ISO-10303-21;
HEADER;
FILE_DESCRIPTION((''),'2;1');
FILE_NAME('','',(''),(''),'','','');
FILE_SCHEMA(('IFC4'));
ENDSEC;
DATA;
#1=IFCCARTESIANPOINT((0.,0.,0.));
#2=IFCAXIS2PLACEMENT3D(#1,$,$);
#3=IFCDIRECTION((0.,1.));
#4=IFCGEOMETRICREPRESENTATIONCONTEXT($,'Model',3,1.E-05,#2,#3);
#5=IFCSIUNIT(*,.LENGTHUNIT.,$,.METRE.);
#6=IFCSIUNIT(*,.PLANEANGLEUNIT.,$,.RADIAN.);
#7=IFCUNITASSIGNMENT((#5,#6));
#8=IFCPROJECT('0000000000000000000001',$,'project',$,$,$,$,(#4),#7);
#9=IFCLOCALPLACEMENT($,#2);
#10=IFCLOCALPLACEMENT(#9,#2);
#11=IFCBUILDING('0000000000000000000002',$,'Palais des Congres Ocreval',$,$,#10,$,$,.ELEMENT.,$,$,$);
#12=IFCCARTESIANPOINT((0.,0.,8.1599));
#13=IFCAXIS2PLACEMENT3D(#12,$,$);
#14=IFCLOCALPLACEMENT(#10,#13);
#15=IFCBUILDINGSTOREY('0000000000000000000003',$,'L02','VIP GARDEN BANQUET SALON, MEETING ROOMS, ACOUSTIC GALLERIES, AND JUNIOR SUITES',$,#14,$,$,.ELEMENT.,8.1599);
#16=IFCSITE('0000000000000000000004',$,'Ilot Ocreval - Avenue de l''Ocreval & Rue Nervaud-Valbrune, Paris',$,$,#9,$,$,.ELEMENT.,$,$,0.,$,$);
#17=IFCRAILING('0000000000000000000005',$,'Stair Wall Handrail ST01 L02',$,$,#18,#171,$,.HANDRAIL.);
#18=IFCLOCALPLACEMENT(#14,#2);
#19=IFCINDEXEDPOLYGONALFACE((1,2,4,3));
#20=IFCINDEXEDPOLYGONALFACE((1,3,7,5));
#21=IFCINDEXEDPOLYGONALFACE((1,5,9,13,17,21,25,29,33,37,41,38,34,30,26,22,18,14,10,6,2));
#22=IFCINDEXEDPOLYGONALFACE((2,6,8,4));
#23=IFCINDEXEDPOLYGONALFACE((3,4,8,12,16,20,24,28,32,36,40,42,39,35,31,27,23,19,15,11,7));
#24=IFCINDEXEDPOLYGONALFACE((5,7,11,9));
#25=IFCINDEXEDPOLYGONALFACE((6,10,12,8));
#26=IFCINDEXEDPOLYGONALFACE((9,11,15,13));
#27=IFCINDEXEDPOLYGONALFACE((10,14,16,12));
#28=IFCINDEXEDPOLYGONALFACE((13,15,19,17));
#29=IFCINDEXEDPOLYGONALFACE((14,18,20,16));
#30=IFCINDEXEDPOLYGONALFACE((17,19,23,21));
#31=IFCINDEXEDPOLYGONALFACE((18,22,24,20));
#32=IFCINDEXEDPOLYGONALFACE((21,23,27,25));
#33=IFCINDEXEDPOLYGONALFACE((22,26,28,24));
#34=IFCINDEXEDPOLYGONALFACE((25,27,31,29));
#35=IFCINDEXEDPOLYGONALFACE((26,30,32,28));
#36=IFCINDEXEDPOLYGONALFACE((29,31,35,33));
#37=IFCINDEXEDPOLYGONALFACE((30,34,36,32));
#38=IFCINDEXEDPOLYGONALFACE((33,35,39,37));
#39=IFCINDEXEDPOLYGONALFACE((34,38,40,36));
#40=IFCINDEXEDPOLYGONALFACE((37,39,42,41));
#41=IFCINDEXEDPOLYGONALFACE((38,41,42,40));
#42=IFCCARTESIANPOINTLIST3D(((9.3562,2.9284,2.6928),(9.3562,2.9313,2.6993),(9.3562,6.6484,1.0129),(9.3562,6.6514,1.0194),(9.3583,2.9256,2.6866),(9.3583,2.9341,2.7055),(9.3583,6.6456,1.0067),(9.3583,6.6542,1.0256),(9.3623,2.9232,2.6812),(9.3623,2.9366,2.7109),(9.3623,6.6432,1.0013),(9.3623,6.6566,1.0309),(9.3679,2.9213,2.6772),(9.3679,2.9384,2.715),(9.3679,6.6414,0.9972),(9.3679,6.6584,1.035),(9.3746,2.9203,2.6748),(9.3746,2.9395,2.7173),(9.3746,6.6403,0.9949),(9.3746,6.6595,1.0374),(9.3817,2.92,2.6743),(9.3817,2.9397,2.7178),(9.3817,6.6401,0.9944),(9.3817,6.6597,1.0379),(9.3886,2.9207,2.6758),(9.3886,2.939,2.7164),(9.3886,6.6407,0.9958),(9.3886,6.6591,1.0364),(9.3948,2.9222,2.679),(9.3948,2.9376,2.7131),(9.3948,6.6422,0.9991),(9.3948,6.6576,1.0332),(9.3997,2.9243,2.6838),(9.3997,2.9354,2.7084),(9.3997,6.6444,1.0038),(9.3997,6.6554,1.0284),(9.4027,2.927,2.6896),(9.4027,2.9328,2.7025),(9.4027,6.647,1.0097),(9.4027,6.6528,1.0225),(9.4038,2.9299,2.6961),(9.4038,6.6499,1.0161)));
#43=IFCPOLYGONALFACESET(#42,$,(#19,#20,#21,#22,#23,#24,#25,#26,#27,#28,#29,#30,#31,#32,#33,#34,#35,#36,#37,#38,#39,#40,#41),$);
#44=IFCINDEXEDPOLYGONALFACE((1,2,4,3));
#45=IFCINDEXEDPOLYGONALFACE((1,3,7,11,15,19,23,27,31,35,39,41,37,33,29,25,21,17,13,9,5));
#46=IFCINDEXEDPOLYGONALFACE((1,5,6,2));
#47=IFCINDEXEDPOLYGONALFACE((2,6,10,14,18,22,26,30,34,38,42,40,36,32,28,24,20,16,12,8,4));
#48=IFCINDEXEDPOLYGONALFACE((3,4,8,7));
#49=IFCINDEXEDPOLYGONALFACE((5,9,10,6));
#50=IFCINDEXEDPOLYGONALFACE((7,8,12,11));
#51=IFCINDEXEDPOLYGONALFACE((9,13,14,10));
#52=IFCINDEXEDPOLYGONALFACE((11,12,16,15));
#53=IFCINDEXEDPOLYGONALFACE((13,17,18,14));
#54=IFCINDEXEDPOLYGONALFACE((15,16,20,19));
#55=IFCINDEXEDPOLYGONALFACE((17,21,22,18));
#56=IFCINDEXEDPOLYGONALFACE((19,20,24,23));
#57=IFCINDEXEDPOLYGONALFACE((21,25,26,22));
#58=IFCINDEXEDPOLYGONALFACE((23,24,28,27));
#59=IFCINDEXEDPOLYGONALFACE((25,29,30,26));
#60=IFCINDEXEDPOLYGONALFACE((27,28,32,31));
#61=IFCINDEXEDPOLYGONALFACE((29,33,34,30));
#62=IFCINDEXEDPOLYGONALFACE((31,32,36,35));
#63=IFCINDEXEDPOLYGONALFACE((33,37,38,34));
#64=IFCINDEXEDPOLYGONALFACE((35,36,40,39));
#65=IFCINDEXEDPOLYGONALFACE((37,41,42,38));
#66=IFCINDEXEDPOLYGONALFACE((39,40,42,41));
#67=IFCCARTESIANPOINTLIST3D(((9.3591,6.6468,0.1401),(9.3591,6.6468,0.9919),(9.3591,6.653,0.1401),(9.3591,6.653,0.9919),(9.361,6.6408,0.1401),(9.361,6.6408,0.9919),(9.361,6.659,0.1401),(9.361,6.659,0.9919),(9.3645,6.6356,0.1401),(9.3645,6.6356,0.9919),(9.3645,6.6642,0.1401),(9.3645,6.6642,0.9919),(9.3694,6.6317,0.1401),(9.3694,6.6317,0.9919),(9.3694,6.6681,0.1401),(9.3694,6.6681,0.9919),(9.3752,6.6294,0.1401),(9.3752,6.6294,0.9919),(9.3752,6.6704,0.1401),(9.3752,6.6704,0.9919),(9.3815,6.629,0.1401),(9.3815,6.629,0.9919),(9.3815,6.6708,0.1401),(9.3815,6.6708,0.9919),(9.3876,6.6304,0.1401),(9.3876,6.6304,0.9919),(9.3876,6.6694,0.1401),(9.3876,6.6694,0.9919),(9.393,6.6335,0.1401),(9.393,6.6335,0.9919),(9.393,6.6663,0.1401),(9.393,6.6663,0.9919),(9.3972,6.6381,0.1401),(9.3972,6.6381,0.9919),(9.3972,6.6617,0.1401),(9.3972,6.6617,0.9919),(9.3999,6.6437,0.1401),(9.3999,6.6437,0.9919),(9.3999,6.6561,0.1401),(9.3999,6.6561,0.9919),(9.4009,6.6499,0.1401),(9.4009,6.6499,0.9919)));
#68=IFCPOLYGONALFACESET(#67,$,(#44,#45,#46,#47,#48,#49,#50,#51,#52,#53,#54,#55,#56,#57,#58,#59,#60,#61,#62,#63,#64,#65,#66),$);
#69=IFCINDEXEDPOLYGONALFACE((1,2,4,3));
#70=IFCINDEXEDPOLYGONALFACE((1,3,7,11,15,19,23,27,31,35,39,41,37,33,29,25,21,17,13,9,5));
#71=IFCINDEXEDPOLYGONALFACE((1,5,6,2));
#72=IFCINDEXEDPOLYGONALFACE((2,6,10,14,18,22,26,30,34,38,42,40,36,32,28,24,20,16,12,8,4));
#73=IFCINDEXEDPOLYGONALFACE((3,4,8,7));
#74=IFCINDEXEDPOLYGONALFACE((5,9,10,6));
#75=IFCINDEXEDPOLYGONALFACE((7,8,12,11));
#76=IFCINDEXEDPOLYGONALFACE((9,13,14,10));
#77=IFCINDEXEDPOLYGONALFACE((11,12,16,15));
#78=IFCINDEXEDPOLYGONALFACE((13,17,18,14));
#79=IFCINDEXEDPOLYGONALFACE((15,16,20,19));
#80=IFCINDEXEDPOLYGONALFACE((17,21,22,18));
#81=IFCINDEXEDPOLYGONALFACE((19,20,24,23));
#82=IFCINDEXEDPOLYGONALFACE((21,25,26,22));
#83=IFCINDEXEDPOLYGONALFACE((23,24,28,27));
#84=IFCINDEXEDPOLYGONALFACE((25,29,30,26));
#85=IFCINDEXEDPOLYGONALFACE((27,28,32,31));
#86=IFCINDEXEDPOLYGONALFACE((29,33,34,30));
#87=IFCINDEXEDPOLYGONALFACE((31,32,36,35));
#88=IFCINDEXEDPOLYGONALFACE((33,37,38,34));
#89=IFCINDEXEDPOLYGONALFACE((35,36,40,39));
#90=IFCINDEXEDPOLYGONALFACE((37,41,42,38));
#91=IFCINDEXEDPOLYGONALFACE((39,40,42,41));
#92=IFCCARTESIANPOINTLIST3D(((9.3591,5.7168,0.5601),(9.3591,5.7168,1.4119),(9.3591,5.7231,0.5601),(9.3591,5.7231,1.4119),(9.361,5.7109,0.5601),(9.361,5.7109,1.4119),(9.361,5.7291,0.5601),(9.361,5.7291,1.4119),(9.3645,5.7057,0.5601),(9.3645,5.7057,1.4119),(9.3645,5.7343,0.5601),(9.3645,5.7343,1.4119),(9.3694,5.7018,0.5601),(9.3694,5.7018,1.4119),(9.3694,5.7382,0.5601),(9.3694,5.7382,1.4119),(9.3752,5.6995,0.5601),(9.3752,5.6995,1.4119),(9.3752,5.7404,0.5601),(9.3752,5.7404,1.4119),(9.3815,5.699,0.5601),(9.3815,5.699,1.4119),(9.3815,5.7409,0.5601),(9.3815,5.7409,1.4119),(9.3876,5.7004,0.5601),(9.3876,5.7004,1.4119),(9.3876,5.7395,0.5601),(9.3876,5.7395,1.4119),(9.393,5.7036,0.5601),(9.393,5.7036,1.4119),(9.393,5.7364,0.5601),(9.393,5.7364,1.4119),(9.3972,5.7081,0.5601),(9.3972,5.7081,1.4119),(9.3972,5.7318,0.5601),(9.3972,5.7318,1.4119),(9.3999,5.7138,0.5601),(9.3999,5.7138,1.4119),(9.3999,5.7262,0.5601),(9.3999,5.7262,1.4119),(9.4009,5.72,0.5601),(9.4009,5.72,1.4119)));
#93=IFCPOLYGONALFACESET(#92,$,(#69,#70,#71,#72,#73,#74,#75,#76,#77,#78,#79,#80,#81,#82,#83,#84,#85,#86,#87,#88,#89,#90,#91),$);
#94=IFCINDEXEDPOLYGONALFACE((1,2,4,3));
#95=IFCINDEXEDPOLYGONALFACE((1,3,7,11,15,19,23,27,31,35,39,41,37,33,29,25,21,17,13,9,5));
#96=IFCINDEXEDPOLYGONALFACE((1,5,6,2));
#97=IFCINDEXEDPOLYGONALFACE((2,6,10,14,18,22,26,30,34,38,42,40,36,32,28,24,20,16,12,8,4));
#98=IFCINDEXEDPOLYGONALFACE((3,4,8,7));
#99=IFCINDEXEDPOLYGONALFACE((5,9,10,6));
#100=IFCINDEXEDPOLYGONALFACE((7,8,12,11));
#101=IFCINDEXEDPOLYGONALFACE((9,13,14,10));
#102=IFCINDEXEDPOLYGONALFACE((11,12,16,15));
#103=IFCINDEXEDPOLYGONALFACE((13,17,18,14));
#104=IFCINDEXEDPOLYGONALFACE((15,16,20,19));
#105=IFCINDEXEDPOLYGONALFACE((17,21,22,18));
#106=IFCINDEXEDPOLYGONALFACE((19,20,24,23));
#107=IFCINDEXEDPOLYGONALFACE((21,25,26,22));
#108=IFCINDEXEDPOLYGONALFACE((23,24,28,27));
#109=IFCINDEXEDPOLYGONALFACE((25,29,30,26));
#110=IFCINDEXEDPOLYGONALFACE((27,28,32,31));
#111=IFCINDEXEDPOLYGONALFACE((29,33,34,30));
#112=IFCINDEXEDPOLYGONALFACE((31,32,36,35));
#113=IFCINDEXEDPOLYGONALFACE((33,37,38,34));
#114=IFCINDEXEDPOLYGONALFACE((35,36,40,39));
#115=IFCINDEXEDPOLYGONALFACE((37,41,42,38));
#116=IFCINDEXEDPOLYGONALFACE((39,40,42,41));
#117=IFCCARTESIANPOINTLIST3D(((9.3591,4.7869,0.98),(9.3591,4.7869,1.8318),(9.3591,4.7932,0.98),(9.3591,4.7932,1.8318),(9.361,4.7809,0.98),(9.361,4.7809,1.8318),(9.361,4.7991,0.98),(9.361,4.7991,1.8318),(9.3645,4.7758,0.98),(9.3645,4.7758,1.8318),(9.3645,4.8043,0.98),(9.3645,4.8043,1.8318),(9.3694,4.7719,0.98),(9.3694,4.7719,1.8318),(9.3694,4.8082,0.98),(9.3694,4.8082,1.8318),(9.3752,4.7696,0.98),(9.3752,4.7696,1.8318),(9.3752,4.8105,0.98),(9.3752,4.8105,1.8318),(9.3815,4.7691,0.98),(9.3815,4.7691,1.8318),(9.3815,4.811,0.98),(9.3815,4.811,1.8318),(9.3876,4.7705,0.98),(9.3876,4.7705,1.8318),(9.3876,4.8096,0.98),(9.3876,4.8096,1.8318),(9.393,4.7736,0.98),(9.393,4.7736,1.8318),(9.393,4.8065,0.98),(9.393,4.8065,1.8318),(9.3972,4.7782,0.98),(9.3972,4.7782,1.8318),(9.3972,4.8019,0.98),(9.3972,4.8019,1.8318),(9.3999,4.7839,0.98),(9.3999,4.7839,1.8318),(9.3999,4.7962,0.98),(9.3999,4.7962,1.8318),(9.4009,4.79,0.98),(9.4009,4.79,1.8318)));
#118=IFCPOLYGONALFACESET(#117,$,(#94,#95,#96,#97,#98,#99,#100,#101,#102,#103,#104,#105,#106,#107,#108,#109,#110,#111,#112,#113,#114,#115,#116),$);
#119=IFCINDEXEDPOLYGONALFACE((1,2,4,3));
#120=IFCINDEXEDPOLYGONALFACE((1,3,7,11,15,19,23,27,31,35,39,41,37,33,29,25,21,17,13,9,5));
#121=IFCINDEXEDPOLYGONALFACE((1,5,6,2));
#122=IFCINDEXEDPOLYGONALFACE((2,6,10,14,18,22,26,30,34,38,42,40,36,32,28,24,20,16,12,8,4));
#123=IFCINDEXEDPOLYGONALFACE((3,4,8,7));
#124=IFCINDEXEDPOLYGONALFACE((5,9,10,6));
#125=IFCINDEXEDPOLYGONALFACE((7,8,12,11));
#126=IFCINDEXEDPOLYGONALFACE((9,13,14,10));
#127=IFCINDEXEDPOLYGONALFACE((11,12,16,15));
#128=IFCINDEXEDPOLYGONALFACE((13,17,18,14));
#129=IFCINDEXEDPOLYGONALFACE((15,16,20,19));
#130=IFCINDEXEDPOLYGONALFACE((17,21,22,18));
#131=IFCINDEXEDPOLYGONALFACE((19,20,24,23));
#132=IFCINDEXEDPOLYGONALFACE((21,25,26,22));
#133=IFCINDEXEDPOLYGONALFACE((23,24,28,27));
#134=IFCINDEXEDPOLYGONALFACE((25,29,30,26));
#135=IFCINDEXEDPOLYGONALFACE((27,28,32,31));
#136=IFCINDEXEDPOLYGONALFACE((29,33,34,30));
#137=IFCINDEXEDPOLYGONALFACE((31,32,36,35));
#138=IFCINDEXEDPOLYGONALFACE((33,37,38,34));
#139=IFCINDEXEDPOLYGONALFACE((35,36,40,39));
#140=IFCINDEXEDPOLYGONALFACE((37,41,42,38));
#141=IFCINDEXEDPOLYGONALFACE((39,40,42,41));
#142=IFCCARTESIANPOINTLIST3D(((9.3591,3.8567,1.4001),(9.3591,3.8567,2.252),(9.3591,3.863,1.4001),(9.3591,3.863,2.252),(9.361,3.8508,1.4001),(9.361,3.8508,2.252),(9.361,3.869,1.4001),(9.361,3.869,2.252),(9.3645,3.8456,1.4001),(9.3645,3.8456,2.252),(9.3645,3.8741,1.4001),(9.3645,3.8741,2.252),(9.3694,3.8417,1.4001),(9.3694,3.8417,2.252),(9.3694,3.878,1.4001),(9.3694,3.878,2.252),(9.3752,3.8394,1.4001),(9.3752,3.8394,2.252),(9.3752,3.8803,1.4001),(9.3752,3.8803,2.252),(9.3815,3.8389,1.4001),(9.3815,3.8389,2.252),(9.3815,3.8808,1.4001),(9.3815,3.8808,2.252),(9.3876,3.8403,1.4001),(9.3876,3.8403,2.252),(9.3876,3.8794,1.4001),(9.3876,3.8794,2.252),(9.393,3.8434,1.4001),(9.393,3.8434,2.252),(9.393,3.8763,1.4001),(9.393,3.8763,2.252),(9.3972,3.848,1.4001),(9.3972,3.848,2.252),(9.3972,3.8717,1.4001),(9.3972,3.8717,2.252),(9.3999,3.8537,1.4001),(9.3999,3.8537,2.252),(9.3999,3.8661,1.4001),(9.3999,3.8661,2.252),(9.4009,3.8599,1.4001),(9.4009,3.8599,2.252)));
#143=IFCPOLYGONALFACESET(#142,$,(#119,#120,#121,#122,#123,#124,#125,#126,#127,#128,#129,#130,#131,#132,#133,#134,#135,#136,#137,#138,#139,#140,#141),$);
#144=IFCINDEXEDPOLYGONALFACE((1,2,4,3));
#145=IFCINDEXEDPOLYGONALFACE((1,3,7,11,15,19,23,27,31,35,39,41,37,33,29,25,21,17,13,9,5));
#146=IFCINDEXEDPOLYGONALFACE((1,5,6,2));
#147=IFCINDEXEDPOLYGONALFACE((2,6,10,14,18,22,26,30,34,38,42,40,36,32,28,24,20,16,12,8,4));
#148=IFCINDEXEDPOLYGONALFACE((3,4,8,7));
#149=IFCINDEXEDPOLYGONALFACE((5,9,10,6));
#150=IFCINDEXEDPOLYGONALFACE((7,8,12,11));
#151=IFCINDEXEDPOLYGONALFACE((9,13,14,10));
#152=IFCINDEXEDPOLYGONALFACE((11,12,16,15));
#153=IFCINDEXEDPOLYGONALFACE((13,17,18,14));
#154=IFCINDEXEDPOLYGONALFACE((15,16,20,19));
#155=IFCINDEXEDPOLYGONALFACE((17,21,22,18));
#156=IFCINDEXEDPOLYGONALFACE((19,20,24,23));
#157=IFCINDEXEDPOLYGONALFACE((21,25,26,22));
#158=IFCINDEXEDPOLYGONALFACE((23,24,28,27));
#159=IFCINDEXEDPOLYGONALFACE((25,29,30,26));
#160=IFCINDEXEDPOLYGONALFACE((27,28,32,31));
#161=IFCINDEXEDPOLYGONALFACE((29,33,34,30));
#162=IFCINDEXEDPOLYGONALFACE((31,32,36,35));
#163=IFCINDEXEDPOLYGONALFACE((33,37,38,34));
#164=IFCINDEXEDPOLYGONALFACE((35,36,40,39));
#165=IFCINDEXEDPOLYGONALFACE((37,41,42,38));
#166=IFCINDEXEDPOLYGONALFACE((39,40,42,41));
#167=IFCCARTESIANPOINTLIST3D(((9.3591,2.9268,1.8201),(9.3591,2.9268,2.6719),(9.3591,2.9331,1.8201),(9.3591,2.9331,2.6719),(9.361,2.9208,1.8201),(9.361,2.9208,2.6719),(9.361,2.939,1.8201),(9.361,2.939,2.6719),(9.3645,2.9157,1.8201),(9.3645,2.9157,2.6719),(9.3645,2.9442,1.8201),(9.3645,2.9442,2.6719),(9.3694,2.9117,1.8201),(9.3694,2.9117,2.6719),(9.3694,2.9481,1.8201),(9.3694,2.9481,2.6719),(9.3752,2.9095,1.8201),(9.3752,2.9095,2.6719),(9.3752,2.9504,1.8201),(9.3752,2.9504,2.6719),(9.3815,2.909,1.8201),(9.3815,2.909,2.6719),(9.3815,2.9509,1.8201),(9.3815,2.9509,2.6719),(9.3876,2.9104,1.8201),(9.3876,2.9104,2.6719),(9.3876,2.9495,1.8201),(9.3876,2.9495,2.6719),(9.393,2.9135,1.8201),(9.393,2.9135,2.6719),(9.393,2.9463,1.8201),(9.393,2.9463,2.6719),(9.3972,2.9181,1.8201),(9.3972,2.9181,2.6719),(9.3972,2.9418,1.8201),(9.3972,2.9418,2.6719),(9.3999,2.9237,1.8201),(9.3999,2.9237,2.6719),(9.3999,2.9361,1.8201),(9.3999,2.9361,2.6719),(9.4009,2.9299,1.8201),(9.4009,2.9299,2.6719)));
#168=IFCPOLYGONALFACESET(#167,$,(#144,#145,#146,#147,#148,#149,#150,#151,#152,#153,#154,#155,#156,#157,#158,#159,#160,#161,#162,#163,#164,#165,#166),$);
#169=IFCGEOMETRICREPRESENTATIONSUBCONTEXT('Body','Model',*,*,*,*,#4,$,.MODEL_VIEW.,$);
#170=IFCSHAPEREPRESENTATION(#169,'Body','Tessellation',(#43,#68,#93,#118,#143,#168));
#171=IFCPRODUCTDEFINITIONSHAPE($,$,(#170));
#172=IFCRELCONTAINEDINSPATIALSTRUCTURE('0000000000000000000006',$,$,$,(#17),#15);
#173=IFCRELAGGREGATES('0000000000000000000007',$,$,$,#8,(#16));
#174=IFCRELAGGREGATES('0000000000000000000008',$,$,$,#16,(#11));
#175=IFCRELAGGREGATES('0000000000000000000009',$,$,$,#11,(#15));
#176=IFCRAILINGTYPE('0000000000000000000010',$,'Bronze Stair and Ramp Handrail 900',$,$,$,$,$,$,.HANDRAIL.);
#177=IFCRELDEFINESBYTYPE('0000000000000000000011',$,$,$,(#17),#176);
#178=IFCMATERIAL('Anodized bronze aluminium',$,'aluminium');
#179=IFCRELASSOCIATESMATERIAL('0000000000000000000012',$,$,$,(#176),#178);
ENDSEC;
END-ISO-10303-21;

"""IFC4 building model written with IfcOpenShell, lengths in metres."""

from ifc_helpers import new_model, si_unit, direction, frame, origin, origin_2d, place, context, subcontext, project, spatial, circle, extrude, material, type_object, element, save


model = new_model("IFC4")

# Units and contexts
model_context = context("Model", 3, precision=1e-05, world=origin(), true_north=direction((0.0, 1.0)))
body_context = subcontext(model_context, "Body", "Model", "MODEL_VIEW")
ifc_project = project(units=[si_unit("LENGTHUNIT", "METRE"), si_unit("PLANEANGLEUNIT", "RADIAN")], contexts=[model_context])

# Site, building, storey
site_placement = place(None, origin())
site = spatial("IfcSite", under=ifc_project, at=site_placement, Name="Ilot Ocreval - Avenue de l'Ocreval & Rue Nervaud-Valbrune, Paris", CompositionType="ELEMENT", RefElevation=0.0)
building_placement = place(site_placement, origin())
building = spatial("IfcBuilding", under=site, at=building_placement, Name="Palais des Congres Ocreval", CompositionType="ELEMENT")
storey_placement = place(building_placement, frame((0.0, 0.0, 8.1599)))
storey = spatial("IfcBuildingStorey", under=building, at=storey_placement, Name="L02", Description="VIP GARDEN BANQUET SALON, MEETING ROOMS, ACOUSTIC GALLERIES, AND JUNIOR SUITES", CompositionType="ELEMENT", Elevation=8.1599)

# Railing
ifc_material_1 = material(Name="Anodized bronze aluminium", Category="aluminium")
railing_type_1 = type_object("IfcRailingType", Name="Bronze Stair and Ramp Handrail 900", PredefinedType="HANDRAIL", material=ifc_material_1)
railing_1_placement = place(storey_placement, frame((9.3799, 6.6499, 0.1401)))
element("IfcRailing", 1, at=railing_1_placement, inside=storey, type_object=railing_type_1, Name="Stair Wall Handrail ST01 L02", PredefinedType="HANDRAIL", context=body_context, shape_type="SweptSolid", body=[
    extrude(circle(Radius=0.0239, at=origin_2d()), frame((0.0, 0.0, 0.876), z_axis=(0.0, -0.911376, 0.411576), x_axis=(1.0, 0.0, 0.0)), (0.0, 0.0, 1.0), 4.0818),
    extrude(circle(Radius=0.021, at=origin_2d()), origin(), (0.0, 0.0, 1.0), 0.8518),
    extrude(circle(Radius=0.021, at=origin_2d()), frame((0.0, -0.9299, 0.4199)), (0.0, 0.0, 1.0), 0.8518),
    extrude(circle(Radius=0.021, at=origin_2d()), frame((0.0, -1.8599, 0.8398)), (0.0, 0.0, 1.0), 0.8518),
    extrude(circle(Radius=0.021, at=origin_2d()), frame((0.0, -2.79, 1.26)), (0.0, 0.0, 1.0), 0.8518),
    extrude(circle(Radius=0.021, at=origin_2d()), frame((0.0, -3.72, 1.6799)), (0.0, 0.0, 1.0), 0.8518),
])

save(model, "model.ifc")
